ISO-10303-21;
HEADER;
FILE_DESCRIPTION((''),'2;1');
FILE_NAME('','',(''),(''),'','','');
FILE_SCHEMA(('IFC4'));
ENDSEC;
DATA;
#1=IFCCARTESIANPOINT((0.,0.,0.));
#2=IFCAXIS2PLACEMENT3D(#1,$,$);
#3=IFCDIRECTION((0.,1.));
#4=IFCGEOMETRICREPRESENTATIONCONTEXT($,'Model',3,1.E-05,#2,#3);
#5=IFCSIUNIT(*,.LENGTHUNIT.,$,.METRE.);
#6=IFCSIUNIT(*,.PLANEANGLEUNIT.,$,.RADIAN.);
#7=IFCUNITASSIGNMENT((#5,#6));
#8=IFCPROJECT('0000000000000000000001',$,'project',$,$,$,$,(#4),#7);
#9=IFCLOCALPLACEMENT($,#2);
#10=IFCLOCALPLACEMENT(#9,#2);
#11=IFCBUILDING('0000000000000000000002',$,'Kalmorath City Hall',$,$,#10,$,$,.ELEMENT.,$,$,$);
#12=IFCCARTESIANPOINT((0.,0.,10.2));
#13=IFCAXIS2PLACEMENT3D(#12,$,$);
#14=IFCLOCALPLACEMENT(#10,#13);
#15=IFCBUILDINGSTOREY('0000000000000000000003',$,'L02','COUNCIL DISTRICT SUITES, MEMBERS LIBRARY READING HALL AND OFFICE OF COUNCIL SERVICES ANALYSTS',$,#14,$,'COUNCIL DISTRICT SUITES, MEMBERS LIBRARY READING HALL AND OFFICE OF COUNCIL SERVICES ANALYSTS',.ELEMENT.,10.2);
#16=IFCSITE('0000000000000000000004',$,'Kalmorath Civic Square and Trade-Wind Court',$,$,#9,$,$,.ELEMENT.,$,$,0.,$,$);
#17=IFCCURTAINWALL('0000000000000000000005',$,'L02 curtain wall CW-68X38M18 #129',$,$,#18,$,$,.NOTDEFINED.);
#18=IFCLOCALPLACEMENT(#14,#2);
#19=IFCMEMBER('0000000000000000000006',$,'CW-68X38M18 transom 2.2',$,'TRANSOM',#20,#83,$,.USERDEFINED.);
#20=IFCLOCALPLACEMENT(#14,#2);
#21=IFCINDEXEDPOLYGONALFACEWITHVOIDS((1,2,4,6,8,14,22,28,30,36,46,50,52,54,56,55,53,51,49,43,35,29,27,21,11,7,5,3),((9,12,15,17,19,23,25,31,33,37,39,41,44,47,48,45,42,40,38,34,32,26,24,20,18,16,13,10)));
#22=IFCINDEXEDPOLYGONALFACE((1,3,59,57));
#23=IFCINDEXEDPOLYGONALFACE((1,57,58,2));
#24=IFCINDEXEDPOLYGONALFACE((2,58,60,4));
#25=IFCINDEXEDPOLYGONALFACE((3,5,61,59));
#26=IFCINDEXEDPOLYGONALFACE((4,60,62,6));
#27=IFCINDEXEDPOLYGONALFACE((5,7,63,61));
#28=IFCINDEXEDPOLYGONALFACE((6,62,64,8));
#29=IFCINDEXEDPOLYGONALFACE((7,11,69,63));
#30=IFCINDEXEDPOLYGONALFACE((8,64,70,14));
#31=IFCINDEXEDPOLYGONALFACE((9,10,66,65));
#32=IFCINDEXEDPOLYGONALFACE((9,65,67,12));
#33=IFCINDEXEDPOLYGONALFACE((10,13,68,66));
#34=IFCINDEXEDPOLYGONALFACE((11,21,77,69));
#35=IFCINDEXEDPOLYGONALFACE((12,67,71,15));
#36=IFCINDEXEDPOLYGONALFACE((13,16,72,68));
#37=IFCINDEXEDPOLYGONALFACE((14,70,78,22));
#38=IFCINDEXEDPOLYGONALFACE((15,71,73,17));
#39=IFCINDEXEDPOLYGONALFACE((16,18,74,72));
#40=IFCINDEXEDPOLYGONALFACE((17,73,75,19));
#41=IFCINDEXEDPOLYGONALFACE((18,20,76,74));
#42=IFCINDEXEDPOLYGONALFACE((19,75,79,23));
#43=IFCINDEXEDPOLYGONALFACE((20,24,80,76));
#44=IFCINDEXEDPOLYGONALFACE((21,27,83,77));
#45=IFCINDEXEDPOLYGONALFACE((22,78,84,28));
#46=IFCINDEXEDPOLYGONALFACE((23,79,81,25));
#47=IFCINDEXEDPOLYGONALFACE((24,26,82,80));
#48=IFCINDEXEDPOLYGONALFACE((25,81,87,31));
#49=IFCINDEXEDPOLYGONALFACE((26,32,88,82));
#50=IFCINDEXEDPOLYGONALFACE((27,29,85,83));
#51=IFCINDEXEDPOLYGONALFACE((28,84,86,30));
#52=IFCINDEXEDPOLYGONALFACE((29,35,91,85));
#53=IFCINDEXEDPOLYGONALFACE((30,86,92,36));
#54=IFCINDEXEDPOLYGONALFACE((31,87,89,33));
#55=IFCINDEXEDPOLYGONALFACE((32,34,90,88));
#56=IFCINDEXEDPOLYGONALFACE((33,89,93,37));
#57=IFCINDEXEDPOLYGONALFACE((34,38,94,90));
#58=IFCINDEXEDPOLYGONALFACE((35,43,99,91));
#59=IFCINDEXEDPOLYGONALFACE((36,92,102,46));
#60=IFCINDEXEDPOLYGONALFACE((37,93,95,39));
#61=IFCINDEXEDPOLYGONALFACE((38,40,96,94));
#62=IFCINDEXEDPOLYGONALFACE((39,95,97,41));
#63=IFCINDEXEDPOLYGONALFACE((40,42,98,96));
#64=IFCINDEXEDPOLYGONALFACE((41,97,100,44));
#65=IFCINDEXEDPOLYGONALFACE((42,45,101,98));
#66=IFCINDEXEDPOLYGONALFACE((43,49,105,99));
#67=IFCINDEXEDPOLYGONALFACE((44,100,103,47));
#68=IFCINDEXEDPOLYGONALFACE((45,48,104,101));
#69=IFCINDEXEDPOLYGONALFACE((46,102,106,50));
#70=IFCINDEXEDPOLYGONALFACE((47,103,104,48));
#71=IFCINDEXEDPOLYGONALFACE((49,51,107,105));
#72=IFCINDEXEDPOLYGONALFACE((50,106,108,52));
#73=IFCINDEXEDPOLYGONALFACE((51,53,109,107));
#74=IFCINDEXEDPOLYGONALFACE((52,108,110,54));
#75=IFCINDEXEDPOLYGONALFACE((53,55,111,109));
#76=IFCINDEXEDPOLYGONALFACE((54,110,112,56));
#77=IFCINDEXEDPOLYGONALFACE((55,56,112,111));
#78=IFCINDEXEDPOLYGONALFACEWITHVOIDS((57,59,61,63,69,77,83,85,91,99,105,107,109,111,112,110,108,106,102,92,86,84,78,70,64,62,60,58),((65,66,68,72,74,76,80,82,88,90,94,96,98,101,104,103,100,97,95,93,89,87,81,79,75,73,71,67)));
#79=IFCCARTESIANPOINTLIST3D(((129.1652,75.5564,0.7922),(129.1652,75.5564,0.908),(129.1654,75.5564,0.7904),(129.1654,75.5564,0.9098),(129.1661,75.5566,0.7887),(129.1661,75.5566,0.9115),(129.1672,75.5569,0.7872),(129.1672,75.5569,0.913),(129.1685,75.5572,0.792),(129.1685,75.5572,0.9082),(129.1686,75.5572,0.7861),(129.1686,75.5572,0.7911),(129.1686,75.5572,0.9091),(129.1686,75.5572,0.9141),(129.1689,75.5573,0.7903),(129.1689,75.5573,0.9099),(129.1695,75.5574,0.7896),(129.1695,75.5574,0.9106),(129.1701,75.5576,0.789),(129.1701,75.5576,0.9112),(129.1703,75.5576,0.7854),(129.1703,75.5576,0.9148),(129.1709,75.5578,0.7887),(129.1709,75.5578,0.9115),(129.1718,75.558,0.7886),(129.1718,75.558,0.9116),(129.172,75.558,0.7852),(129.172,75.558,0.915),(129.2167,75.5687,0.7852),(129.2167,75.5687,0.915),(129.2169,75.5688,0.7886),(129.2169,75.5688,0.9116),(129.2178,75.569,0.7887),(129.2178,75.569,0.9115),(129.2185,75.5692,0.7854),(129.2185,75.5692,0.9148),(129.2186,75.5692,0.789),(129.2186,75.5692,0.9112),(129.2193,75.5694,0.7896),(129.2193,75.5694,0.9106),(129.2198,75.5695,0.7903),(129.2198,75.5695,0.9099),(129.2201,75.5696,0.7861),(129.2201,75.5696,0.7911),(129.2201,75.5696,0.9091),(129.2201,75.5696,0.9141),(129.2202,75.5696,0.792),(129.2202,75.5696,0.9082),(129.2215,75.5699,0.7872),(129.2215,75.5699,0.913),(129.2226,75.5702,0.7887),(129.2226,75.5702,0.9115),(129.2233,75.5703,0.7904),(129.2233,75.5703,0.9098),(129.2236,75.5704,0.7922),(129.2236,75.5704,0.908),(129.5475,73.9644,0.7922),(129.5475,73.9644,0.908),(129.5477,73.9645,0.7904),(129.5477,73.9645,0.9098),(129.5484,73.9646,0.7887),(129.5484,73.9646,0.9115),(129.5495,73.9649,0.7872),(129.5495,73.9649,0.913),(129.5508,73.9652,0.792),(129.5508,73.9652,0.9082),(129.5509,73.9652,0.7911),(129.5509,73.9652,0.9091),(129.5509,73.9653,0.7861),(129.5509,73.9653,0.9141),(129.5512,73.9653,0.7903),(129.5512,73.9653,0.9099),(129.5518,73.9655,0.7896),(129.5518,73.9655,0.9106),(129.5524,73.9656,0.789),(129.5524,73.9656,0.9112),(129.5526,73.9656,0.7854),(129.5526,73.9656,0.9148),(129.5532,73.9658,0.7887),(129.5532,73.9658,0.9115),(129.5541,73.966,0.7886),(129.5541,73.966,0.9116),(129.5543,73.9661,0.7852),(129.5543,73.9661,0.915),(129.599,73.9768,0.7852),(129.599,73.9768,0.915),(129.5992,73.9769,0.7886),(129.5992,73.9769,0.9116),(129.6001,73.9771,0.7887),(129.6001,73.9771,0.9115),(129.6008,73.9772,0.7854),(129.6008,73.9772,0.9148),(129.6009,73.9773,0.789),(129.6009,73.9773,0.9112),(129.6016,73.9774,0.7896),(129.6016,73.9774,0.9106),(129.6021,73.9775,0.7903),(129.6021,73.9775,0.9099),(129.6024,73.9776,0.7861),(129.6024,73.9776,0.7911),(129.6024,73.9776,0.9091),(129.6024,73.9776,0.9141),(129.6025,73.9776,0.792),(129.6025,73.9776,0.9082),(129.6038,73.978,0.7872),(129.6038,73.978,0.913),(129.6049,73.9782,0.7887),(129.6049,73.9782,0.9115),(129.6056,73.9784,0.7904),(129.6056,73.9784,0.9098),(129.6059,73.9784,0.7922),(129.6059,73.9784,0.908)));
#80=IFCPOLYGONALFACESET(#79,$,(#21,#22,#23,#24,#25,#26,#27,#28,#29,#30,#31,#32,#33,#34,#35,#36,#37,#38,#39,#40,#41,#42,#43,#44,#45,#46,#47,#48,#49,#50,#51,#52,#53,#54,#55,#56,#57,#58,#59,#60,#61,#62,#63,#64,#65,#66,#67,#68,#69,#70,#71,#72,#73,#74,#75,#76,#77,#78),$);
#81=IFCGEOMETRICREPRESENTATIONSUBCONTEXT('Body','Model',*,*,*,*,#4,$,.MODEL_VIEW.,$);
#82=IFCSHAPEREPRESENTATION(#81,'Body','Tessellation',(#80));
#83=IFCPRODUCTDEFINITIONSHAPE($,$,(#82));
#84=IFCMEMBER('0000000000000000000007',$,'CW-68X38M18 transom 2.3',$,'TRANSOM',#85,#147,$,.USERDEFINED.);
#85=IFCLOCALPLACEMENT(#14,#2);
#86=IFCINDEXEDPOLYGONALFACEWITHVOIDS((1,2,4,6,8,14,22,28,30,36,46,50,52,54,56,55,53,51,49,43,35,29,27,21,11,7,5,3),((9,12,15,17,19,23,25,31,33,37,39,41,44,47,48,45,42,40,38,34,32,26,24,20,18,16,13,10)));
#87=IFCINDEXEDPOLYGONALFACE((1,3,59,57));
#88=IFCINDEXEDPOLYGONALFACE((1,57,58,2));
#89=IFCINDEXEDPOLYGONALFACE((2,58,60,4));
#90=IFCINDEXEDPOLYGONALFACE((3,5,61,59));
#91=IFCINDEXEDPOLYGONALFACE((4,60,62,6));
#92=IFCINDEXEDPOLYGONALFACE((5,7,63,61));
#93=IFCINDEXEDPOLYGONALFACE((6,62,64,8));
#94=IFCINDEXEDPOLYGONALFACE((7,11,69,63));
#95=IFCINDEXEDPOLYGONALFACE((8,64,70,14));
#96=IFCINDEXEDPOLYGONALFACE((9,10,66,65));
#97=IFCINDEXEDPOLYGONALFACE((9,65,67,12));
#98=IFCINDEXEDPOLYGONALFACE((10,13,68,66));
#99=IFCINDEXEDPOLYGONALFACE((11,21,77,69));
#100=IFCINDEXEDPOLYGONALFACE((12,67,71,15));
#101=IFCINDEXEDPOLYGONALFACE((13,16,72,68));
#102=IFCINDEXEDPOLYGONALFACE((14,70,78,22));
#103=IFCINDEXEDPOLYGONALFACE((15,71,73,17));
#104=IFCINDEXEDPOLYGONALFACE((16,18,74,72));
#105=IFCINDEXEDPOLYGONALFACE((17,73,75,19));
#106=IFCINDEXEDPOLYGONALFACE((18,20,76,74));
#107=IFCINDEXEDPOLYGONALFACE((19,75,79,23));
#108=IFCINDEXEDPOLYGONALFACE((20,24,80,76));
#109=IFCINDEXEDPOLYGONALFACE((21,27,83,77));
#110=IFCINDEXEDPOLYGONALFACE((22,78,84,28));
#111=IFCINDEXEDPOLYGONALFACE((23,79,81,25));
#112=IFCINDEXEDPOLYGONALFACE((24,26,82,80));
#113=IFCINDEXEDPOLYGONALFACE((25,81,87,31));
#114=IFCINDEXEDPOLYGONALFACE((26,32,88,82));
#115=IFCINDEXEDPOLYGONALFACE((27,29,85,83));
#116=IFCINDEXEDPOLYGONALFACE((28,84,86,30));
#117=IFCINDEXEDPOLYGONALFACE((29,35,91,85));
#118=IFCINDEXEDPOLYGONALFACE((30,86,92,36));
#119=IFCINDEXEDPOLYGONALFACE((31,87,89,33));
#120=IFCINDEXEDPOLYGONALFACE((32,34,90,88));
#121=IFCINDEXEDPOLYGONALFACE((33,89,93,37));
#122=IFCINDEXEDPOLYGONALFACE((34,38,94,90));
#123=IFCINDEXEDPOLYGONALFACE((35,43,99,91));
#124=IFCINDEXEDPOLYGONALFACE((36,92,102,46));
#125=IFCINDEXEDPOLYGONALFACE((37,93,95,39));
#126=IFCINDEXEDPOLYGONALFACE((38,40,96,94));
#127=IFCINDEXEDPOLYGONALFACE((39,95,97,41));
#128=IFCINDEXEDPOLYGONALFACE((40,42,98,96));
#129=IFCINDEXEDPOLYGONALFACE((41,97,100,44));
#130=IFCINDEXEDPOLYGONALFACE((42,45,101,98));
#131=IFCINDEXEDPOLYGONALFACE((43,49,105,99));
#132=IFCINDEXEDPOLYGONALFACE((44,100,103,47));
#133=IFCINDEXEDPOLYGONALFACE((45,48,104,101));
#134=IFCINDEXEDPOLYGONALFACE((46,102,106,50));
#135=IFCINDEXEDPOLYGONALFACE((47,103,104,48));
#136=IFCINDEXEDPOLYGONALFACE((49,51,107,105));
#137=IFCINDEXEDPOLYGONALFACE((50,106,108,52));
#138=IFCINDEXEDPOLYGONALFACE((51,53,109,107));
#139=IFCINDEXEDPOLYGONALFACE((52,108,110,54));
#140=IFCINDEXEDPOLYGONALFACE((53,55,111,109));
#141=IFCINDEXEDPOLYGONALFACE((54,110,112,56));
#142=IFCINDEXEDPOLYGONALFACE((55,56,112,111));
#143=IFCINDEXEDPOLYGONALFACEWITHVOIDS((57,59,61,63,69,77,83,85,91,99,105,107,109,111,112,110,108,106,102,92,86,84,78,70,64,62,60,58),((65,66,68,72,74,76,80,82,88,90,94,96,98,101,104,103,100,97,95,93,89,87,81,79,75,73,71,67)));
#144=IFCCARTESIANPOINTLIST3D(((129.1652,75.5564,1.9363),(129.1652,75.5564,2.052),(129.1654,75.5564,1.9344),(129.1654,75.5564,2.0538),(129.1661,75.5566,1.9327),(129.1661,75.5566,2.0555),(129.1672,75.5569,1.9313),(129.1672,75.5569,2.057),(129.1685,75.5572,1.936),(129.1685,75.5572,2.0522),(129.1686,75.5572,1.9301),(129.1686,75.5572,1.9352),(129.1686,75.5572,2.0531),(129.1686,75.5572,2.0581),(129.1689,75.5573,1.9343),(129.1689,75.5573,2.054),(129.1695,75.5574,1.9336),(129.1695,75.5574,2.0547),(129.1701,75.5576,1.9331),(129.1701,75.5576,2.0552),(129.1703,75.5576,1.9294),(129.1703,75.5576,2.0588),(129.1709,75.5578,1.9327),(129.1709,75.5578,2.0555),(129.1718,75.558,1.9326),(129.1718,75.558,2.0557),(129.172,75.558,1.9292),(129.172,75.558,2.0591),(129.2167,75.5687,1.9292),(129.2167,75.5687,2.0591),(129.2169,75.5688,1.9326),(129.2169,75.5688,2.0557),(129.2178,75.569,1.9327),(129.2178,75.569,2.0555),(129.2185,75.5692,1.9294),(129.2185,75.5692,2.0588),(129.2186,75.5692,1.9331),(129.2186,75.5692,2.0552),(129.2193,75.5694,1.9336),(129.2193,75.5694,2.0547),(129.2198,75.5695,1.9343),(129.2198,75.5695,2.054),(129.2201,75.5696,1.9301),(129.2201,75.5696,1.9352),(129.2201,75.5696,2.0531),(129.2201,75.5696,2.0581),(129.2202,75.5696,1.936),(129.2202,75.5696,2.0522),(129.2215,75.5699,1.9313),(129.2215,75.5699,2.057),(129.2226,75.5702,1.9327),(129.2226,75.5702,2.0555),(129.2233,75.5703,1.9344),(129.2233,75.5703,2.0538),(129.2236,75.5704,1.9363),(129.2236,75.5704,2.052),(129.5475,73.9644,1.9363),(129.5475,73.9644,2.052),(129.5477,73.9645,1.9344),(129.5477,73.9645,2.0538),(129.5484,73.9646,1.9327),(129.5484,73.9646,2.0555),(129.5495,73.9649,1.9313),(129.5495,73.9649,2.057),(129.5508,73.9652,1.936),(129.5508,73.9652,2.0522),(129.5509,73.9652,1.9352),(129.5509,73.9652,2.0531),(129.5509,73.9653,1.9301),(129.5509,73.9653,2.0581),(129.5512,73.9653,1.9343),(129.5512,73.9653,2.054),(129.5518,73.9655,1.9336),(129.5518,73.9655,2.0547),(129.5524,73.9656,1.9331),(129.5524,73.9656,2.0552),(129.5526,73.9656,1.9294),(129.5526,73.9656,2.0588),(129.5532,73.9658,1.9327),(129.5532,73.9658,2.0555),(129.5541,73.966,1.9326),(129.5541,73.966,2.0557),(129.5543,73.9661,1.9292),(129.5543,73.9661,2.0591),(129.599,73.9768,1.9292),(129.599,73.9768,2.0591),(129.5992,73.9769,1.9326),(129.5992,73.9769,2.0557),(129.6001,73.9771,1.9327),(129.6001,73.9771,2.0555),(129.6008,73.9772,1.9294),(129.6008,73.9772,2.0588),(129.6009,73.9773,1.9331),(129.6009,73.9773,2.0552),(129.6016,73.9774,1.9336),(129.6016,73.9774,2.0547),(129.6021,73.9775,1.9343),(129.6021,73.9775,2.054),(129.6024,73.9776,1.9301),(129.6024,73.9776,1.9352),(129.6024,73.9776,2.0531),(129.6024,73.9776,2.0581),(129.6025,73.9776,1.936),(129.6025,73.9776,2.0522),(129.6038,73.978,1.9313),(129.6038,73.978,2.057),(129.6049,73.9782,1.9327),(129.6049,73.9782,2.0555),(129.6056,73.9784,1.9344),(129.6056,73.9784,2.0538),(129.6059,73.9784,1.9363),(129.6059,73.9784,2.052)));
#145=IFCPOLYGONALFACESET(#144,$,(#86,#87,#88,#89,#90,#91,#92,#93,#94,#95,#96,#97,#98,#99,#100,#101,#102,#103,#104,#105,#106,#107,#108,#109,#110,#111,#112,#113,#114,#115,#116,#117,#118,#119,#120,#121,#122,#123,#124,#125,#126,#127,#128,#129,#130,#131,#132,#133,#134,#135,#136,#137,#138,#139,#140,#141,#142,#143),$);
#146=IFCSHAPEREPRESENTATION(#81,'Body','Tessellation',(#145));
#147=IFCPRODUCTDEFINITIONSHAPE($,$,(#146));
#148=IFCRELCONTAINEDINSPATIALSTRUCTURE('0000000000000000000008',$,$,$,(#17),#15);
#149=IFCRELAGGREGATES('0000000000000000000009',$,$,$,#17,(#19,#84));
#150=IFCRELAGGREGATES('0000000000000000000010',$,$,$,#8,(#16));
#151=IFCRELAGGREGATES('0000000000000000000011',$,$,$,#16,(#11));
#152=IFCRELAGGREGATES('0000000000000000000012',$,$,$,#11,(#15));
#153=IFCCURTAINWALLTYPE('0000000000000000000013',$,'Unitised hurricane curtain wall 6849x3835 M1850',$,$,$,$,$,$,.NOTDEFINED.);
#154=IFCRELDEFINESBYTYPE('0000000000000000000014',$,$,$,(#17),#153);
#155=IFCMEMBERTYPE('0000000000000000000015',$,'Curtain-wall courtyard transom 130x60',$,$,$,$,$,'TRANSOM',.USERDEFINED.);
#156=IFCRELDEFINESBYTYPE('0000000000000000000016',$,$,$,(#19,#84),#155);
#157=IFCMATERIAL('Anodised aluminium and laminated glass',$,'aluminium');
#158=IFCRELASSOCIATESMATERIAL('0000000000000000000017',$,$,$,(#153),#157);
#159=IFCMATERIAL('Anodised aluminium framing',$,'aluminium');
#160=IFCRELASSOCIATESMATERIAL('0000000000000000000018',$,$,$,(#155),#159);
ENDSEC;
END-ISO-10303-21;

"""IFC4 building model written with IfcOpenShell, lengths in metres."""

from ifc_helpers import new_model, si_unit, direction, frame, origin, origin_2d, place, context, subcontext, project, spatial, hollow_rectangle, extrude, material, material_profile, profile_set, type_object, element, aggregate, save


model = new_model("IFC4")

# Units and contexts
model_context = context("Model", 3, precision=1e-05, world=origin(), true_north=direction((0.0, 1.0)))
body_context = subcontext(model_context, "Body", "Model", "MODEL_VIEW")
ifc_project = project(units=[si_unit("LENGTHUNIT", "METRE"), si_unit("PLANEANGLEUNIT", "RADIAN")], contexts=[model_context])

# Site, building, storey
site_placement = place(None, origin())
site = spatial("IfcSite", under=ifc_project, at=site_placement, Name="Kalmorath Civic Square and Trade-Wind Court", CompositionType="ELEMENT", RefElevation=0.0)
building_placement = place(site_placement, origin())
building = spatial("IfcBuilding", under=site, at=building_placement, Name="Kalmorath City Hall", CompositionType="ELEMENT")
storey_placement = place(building_placement, frame((0.0, 0.0, 10.2)))
storey = spatial("IfcBuildingStorey", under=building, at=storey_placement, Name="L02", Description="COUNCIL DISTRICT SUITES, MEMBERS LIBRARY READING HALL AND OFFICE OF COUNCIL SERVICES ANALYSTS", LongName="COUNCIL DISTRICT SUITES, MEMBERS LIBRARY READING HALL AND OFFICE OF COUNCIL SERVICES ANALYSTS", CompositionType="ELEMENT", Elevation=10.2)

# Curtain wall, members
ifc_material_1 = material(Name="Anodised aluminium and laminated glass", Category="aluminium")
curtain_wall_type = type_object("IfcCurtainWallType", Name="Unitised hurricane curtain wall 6849x3835 M1850", PredefinedType="NOTDEFINED", material=ifc_material_1)
curtain_wall_1_placement = place(storey_placement, origin())
curtain_wall_1 = element("IfcCurtainWall", 1, at=curtain_wall_1_placement, inside=storey, type_object=curtain_wall_type, Name="L02 curtain wall CW-68X38M18 #129", PredefinedType="NOTDEFINED")
ifc_material_2 = material(Name="Anodised aluminium framing", Category="aluminium")
ifc_material_profile_1 = material_profile(ifc_material_2, hollow_rectangle(XDim=0.0601, YDim=0.1299, WallThickness=0.0034, InnerFilletRadius=0.0034, OuterFilletRadius=0.0071, at=origin_2d()), Name="ALU-TRN-130X60X3.5")
ifc_profile_set_1 = profile_set([ifc_material_profile_1], Name="Anodised aluminium framing")
member_type_1 = type_object("IfcMemberType", Name="Curtain-wall courtyard transom 130x60", ElementType="TRANSOM", PredefinedType="USERDEFINED", material=ifc_profile_set_1)
member_1_placement = place(storey_placement, frame((129.5767, 73.9714, 0.8501), z_axis=(-0.233508, 0.972355, 0.0), x_axis=(-0.972355, -0.233508, 0.0)))
member_1 = element("IfcMember", 2, at=member_1_placement, type_object=member_type_1, Name="CW-68X38M18 transom 2.2", ObjectType="TRANSOM", PredefinedType="USERDEFINED", context=body_context, shape_type="SweptSolid", body=[
    extrude(hollow_rectangle(XDim=0.0601, YDim=0.1299, WallThickness=0.0034, InnerFilletRadius=0.0034, OuterFilletRadius=0.0071, at=origin_2d()), origin(), (0.0, 0.0, 1.0), 1.6372),
])
member_2_placement = place(storey_placement, frame((129.5767, 73.9714, 1.9941), z_axis=(-0.233508, 0.972355, 0.0), x_axis=(-0.972355, -0.233508, 0.0)))
member_2 = element("IfcMember", 3, at=member_2_placement, type_object=member_type_1, Name="CW-68X38M18 transom 2.3", ObjectType="TRANSOM", PredefinedType="USERDEFINED", context=body_context, shape_type="SweptSolid", body=[
    extrude(hollow_rectangle(XDim=0.0601, YDim=0.1299, WallThickness=0.0034, InnerFilletRadius=0.0034, OuterFilletRadius=0.0071, at=origin_2d()), origin(), (0.0, 0.0, 1.0), 1.6372),
])

aggregate(curtain_wall_1, [member_1, member_2])

save(model, "model.ifc")
